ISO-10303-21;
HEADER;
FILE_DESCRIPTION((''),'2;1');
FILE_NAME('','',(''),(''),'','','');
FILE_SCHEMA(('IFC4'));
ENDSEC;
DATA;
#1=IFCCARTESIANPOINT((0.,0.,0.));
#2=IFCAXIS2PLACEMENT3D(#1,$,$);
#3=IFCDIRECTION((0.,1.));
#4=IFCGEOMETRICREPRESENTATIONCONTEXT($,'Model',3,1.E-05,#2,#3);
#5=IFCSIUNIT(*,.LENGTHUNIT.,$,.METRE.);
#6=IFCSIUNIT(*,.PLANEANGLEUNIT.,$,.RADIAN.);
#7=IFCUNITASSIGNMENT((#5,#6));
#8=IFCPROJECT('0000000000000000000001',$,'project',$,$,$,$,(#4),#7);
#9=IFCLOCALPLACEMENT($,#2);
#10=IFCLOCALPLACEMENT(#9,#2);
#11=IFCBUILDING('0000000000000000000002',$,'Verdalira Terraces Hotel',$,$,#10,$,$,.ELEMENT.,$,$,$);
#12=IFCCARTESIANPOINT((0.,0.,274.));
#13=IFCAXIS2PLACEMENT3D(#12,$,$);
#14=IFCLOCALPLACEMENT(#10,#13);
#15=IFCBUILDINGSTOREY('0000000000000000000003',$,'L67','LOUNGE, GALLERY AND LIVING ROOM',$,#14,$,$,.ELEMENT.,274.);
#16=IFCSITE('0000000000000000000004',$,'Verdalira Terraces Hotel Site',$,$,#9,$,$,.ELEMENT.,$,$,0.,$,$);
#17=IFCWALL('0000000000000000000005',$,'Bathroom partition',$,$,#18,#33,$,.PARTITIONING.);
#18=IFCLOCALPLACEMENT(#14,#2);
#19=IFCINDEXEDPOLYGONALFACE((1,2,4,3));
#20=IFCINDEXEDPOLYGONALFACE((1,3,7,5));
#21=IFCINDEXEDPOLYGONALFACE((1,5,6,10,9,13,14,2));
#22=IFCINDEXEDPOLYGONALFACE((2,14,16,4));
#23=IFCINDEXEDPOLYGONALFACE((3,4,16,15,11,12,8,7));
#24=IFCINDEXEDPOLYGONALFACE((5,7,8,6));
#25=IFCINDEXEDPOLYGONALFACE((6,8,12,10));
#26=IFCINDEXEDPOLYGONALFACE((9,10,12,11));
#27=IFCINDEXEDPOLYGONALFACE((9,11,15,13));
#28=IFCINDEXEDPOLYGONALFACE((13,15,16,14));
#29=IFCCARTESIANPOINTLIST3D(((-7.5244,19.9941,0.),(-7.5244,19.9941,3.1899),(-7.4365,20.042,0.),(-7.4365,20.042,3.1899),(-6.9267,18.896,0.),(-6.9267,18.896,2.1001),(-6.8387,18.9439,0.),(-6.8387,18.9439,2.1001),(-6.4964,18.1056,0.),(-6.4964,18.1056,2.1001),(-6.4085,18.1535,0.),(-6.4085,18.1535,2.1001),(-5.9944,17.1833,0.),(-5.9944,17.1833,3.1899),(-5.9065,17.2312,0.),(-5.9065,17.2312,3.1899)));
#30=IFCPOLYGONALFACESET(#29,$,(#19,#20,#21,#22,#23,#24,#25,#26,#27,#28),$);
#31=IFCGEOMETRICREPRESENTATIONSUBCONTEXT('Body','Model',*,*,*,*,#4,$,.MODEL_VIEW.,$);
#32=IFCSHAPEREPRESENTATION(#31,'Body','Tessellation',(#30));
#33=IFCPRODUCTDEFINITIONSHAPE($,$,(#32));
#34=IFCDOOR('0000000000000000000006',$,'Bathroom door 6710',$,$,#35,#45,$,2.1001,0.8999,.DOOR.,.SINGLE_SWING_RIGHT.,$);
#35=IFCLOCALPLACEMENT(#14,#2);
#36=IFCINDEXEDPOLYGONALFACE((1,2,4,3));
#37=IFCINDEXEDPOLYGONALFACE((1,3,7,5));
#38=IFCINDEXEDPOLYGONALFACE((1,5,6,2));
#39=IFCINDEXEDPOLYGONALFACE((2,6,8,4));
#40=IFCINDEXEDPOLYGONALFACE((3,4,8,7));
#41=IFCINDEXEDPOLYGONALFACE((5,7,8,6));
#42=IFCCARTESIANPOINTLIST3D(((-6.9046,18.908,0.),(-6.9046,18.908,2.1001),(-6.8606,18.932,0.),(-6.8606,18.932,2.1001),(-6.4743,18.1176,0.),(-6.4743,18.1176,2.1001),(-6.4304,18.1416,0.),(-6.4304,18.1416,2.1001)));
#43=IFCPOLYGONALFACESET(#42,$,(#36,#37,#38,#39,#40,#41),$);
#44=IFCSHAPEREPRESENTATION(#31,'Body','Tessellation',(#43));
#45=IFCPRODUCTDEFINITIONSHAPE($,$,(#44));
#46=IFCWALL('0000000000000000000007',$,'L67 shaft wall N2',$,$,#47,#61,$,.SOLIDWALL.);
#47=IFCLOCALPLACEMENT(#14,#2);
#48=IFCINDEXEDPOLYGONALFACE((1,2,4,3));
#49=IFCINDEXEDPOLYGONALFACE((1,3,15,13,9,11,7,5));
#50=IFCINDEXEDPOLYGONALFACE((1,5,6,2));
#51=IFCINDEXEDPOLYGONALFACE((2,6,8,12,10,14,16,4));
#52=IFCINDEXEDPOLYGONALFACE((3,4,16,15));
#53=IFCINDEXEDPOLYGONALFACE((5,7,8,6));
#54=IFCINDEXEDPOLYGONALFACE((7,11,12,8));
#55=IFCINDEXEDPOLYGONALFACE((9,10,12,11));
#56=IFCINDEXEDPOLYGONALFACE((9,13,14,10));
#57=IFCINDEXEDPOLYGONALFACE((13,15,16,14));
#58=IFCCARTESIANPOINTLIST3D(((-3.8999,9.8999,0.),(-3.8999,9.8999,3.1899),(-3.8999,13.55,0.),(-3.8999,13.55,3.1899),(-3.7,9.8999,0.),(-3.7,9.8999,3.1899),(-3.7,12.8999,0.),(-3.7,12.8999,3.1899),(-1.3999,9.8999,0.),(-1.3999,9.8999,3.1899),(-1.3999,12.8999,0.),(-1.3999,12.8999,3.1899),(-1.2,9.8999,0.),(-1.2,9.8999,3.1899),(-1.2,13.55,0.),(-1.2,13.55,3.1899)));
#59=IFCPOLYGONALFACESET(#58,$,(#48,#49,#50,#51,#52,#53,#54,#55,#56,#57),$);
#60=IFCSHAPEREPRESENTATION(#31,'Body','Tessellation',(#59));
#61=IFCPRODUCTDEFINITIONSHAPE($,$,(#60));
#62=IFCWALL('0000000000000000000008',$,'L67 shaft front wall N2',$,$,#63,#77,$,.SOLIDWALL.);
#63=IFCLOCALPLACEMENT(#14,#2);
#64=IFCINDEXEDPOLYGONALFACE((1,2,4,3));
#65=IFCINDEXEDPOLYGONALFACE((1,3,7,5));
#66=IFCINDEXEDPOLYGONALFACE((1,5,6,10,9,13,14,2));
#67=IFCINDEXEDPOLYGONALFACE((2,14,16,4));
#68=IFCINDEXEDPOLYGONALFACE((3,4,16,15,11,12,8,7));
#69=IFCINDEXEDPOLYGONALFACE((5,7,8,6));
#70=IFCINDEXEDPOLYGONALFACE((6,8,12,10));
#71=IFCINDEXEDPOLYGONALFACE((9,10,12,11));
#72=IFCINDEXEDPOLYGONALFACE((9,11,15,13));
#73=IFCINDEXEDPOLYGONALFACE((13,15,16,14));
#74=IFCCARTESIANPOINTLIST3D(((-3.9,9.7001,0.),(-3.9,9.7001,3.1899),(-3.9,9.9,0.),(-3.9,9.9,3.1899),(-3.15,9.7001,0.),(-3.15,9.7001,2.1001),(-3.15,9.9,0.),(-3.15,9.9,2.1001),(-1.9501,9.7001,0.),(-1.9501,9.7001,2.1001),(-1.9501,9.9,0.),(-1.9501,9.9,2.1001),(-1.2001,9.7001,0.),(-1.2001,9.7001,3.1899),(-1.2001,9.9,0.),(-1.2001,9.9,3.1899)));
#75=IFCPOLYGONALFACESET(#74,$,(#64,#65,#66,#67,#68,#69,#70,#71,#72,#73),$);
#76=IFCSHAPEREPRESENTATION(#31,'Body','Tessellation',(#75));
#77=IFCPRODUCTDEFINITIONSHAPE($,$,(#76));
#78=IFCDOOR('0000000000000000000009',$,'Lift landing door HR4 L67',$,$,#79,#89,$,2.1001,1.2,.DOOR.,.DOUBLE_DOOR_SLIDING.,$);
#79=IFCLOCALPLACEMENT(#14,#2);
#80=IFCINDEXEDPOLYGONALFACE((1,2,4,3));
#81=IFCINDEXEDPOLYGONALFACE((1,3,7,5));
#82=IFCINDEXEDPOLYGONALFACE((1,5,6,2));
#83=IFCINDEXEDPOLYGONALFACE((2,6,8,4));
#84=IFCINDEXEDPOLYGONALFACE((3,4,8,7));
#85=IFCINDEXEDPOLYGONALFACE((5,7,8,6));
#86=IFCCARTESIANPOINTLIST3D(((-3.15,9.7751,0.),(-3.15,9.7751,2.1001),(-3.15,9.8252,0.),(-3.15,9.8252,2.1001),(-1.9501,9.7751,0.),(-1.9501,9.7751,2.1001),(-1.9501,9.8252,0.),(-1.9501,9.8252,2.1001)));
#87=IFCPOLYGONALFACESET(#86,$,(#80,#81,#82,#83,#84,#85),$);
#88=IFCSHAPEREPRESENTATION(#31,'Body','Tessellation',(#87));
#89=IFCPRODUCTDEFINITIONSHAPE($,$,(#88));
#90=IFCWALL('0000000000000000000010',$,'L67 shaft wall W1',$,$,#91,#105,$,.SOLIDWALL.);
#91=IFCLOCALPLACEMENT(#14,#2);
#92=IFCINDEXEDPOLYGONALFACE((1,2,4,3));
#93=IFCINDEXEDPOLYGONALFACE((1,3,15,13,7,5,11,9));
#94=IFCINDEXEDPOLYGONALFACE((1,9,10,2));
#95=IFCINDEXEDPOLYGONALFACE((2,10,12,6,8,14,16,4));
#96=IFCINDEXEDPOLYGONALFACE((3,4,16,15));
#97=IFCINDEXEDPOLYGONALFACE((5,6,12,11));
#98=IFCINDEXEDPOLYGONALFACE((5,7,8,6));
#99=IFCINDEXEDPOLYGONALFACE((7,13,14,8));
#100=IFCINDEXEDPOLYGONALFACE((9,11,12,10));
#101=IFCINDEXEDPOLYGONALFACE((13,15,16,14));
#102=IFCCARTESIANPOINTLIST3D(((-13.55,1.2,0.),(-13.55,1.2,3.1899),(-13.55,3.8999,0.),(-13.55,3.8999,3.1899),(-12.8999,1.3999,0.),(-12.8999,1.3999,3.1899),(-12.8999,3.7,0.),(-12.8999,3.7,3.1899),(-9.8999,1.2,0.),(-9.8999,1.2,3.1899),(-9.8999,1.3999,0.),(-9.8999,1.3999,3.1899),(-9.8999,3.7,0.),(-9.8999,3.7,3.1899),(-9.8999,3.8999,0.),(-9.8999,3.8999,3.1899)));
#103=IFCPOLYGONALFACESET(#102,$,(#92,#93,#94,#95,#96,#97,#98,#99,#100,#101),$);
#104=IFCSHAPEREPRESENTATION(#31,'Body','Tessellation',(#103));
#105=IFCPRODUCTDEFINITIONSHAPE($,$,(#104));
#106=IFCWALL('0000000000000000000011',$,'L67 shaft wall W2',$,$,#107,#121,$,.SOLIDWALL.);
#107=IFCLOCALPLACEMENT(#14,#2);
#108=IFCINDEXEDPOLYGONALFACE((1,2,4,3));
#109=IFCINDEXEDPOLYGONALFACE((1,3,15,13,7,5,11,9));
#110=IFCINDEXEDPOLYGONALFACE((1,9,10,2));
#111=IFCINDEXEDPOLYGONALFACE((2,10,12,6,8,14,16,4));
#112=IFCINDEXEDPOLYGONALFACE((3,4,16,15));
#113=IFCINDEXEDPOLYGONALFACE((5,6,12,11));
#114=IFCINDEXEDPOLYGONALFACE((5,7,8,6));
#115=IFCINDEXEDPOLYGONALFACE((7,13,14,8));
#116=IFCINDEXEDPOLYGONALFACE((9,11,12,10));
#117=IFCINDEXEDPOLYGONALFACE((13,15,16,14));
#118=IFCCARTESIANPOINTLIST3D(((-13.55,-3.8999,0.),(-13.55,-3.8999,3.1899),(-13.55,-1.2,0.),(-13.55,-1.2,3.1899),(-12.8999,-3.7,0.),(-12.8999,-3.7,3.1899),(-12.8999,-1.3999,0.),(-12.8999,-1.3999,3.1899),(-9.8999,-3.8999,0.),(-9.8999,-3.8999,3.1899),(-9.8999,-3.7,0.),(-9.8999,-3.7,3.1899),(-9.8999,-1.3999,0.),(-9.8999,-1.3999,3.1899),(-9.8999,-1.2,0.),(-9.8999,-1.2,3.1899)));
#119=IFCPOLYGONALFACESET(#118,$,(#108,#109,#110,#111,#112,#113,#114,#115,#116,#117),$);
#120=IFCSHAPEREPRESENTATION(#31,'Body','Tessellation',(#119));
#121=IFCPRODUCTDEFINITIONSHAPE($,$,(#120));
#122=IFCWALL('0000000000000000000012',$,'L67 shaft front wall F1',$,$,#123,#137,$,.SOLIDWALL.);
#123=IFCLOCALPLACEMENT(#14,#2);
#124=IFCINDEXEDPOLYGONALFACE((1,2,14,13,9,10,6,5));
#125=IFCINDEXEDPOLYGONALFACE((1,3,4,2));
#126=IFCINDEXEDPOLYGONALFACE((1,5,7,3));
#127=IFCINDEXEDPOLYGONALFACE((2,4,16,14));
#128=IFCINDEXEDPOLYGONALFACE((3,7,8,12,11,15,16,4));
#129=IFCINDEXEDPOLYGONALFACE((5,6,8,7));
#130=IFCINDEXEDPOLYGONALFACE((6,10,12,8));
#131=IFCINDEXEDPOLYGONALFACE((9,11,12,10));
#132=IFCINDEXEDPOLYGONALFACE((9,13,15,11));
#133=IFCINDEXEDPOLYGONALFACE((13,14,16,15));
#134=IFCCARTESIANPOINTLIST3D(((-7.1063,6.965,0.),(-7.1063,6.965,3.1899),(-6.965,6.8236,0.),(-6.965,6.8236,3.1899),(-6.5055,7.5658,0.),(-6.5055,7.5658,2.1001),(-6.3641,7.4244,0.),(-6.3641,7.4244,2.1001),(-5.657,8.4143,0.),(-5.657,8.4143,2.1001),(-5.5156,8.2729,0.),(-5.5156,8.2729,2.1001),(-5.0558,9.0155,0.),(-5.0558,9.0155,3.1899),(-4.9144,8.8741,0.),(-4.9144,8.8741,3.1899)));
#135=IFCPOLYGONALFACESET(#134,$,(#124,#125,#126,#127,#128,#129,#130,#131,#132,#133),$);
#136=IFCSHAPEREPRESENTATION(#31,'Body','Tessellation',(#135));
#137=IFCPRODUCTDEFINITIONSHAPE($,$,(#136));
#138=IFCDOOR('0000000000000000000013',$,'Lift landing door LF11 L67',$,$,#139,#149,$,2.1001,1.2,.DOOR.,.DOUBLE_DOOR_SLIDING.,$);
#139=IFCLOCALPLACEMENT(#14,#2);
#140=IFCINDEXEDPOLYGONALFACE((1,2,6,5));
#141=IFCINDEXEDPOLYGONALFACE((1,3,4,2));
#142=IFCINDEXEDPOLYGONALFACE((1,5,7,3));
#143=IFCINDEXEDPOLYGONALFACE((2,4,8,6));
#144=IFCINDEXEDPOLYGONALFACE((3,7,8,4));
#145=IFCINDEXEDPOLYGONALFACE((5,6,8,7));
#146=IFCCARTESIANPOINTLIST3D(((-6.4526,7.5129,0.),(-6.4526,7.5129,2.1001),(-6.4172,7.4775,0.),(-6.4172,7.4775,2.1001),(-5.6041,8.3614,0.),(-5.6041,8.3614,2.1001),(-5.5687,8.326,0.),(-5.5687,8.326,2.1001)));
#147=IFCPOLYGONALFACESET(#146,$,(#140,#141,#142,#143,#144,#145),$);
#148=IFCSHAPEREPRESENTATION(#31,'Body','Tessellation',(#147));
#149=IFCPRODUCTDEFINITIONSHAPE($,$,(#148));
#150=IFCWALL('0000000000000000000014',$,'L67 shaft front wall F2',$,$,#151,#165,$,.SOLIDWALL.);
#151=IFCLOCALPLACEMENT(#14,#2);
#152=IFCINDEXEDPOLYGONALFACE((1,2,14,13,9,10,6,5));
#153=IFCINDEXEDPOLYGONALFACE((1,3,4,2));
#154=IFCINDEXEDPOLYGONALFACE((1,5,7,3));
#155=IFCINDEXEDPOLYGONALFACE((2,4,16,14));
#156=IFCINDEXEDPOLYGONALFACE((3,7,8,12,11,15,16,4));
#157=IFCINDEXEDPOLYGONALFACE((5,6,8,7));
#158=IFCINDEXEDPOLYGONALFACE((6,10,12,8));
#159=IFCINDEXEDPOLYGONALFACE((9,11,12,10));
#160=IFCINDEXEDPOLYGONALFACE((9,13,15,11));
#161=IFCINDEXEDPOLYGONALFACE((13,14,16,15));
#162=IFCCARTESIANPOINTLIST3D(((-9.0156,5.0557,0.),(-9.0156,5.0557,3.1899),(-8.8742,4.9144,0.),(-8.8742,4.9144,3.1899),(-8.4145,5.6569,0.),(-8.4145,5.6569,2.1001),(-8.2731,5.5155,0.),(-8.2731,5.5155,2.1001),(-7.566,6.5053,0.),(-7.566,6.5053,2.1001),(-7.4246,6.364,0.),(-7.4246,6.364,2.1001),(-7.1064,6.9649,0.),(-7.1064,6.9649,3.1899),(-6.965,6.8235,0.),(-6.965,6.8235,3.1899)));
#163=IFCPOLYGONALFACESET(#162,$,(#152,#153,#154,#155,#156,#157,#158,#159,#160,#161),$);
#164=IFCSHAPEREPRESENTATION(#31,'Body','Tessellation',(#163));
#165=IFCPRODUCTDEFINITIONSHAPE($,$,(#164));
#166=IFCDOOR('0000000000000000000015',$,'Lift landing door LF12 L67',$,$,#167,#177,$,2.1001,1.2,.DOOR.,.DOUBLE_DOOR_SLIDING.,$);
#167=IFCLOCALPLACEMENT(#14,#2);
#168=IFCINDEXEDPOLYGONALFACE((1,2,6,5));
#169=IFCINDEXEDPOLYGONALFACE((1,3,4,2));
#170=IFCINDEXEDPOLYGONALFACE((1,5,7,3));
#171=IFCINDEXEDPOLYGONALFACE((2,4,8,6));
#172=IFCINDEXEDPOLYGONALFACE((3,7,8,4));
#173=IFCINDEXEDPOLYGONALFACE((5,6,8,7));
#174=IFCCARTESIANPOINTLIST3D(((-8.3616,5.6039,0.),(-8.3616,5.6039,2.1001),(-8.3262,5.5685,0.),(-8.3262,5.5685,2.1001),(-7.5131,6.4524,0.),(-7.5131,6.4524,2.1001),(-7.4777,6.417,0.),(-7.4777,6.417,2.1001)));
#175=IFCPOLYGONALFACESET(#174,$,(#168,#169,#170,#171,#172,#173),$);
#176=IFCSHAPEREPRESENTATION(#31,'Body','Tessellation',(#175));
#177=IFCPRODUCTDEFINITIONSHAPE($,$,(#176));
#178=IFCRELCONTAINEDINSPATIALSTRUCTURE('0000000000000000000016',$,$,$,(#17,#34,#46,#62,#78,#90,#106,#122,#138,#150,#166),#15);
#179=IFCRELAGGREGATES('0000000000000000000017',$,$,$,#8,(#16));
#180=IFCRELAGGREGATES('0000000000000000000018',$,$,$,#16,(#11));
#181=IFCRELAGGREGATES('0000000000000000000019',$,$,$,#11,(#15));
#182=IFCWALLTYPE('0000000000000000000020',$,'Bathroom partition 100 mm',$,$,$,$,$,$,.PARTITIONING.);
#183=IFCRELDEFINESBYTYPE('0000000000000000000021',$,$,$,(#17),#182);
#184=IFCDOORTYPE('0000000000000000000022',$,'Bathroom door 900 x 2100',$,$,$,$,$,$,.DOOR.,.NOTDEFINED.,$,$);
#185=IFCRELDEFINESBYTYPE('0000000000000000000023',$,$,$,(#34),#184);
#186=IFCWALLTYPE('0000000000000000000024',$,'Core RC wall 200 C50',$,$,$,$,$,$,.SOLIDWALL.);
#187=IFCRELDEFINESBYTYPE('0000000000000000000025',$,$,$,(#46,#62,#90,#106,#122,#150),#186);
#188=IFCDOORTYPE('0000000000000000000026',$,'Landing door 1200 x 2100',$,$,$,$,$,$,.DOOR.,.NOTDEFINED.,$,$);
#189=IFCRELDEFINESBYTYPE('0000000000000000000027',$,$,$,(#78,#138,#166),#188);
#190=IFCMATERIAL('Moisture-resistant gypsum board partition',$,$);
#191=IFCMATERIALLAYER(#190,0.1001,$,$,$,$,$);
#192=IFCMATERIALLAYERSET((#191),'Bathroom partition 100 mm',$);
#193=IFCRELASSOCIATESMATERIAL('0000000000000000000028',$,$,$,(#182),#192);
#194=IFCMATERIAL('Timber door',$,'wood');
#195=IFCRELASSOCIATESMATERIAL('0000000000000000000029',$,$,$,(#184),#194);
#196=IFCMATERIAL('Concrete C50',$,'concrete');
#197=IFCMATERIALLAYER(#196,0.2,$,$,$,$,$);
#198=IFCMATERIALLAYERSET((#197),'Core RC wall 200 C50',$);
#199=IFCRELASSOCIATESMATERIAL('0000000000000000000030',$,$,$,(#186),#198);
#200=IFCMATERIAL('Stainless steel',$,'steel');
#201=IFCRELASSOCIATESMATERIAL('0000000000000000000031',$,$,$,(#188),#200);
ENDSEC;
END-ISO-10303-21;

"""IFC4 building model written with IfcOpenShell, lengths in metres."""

from ifc_helpers import new_model, si_unit, direction, frame, frame_2d, origin, place, context, subcontext, project, spatial, polyline, rectangle, outline, extrude, material, layer, layer_set, type_object, element, fill, save


model = new_model("IFC4")

# Units and contexts
model_context = context("Model", 3, precision=1e-05, world=origin(), true_north=direction((0.0, 1.0)))
body_context = subcontext(model_context, "Body", "Model", "MODEL_VIEW")
ifc_project = project(units=[si_unit("LENGTHUNIT", "METRE"), si_unit("PLANEANGLEUNIT", "RADIAN")], contexts=[model_context])

# Site, building, storey
site_placement = place(None, origin())
site = spatial("IfcSite", under=ifc_project, at=site_placement, Name="Verdalira Terraces Hotel Site", CompositionType="ELEMENT", RefElevation=0.0)
building_placement = place(site_placement, origin())
building = spatial("IfcBuilding", under=site, at=building_placement, Name="Verdalira Terraces Hotel", CompositionType="ELEMENT")
storey_placement = place(building_placement, frame((0.0, 0.0, 274.0)))
storey = spatial("IfcBuildingStorey", under=building, at=storey_placement, Name="L67", Description="LOUNGE, GALLERY AND LIVING ROOM", CompositionType="ELEMENT", Elevation=274.0)

# Wall, opening, door
ifc_material_1 = material(Name="Moisture-resistant gypsum board partition")
ifc_layer_1 = layer(ifc_material_1, 0.1001)
ifc_layer_set_1 = layer_set([ifc_layer_1], Name="Bathroom partition 100 mm")
wall_type_1 = type_object("IfcWallType", Name="Bathroom partition 100 mm", PredefinedType="PARTITIONING", material=ifc_layer_set_1)
wall_1_placement = place(storey_placement, frame((-5.9504, 17.2073, 0.0), z_axis=(0.0, 0.0, 1.0), x_axis=(-0.478098, 0.878306, 0.0)))
wall_1 = element("IfcWall", 1, at=wall_1_placement, inside=storey, type_object=wall_type_1, Name="Bathroom partition", PredefinedType="PARTITIONING", context=body_context, shape_type="SweptSolid", body=[
    extrude(rectangle(XDim=3.2002, YDim=0.1001, at=frame_2d((1.6001, 0.0))), origin(), (0.0, 0.0, 1.0), 3.1899),
])
opening_1_placement = place(wall_1_placement, frame((1.05, 0.0, 0.0)))
opening_1 = element("IfcOpeningElement", 2, at=opening_1_placement, cuts=wall_1, PredefinedType="OPENING", context=body_context, shape_type="SweptSolid", body=[
    extrude(rectangle(XDim=0.8999, YDim=2.1001, at=frame_2d((0.45, 1.05))), frame((0.0, 0.0601, 0.0), z_axis=(0.0, -1.0, 0.0), x_axis=(1.0, 0.0, 0.0)), (0.0, 0.0, 1.0), 0.1201),
])
ifc_material_2 = material(Name="Timber door", Category="wood")
door_type_1 = type_object("IfcDoorType", Name="Bathroom door 900 x 2100", OperationType="NOTDEFINED", PredefinedType="DOOR", material=ifc_material_2)
door_1_placement = place(opening_1_placement, origin())
door_1 = element("IfcDoor", 3, at=door_1_placement, inside=storey, type_object=door_type_1, Name="Bathroom door 6710", OperationType="SINGLE_SWING_RIGHT", OverallHeight=2.1001, OverallWidth=0.8999, PredefinedType="DOOR", context=body_context, shape_type="SweptSolid", body=[
    extrude(rectangle(XDim=0.8999, YDim=2.1001, at=frame_2d((0.45, 1.05))), frame((0.0, 0.0249, 0.0), z_axis=(0.0, -1.0, 0.0), x_axis=(1.0, 0.0, 0.0)), (0.0, 0.0, 1.0), 0.05),
])
fill(opening_1, door_1)

# Wall
ifc_material_3 = material(Name="Concrete C50", Category="concrete")
ifc_layer_2 = layer(ifc_material_3, 0.2)
ifc_layer_set_2 = layer_set([ifc_layer_2], Name="Core RC wall 200 C50")
wall_type_2 = type_object("IfcWallType", Name="Core RC wall 200 C50", PredefinedType="SOLIDWALL", material=ifc_layer_set_2)
wall_2_placement = place(storey_placement, origin())
element("IfcWall", 4, at=wall_2_placement, inside=storey, type_object=wall_type_2, Name="L67 shaft wall N2", PredefinedType="SOLIDWALL", context=body_context, shape_type="SweptSolid", body=[
    extrude(outline(polyline([(-3.8999, 13.55), (-1.2, 13.55), (-1.2, 9.8999), (-1.3999, 9.8999), (-1.3999, 12.8999), (-3.7, 12.8999), (-3.7, 9.8999), (-3.8999, 9.8999), (-3.8999, 13.55)])), origin(), (0.0, 0.0, 1.0), 3.1899),
])

# Wall, opening, door
wall_3_placement = place(storey_placement, frame((-1.2, 9.8, 0.0), z_axis=(0.0, 0.0, 1.0), x_axis=(-1.0, 0.0, 0.0)))
wall_3 = element("IfcWall", 5, at=wall_3_placement, inside=storey, type_object=wall_type_2, Name="L67 shaft front wall N2", PredefinedType="SOLIDWALL", context=body_context, shape_type="SweptSolid", body=[
    extrude(rectangle(XDim=2.7, YDim=0.2, at=frame_2d((1.3501, 0.0))), origin(), (0.0, 0.0, 1.0), 3.1899),
])
opening_2_placement = place(wall_3_placement, frame((0.75, 0.0, 0.0)))
opening_2 = element("IfcOpeningElement", 6, at=opening_2_placement, cuts=wall_3, PredefinedType="OPENING", context=body_context, shape_type="SweptSolid", body=[
    extrude(rectangle(XDim=1.2, YDim=2.1001, at=frame_2d((0.6001, 1.05))), frame((0.0, 0.1099, 0.0), z_axis=(0.0, -1.0, 0.0), x_axis=(1.0, 0.0, 0.0)), (0.0, 0.0, 1.0), 0.22),
])
ifc_material_4 = material(Name="Stainless steel", Category="steel")
door_type_2 = type_object("IfcDoorType", Name="Landing door 1200 x 2100", OperationType="NOTDEFINED", PredefinedType="DOOR", material=ifc_material_4)
door_2_placement = place(opening_2_placement, origin())
door_2 = element("IfcDoor", 7, at=door_2_placement, inside=storey, type_object=door_type_2, Name="Lift landing door HR4 L67", OperationType="DOUBLE_DOOR_SLIDING", OverallHeight=2.1001, OverallWidth=1.2, PredefinedType="DOOR", context=body_context, shape_type="SweptSolid", body=[
    extrude(rectangle(XDim=1.2, YDim=2.1001, at=frame_2d((0.6001, 1.05))), frame((0.0, 0.0249, 0.0), z_axis=(0.0, -1.0, 0.0), x_axis=(1.0, 0.0, 0.0)), (0.0, 0.0, 1.0), 0.05),
])
fill(opening_2, door_2)

# Walls
wall_4_placement = place(storey_placement, origin())
element("IfcWall", 8, at=wall_4_placement, inside=storey, type_object=wall_type_2, Name="L67 shaft wall W1", PredefinedType="SOLIDWALL", context=body_context, shape_type="SweptSolid", body=[
    extrude(outline(polyline([(-13.55, 3.8999), (-9.8999, 3.8999), (-9.8999, 3.7), (-12.8999, 3.7), (-12.8999, 1.3999), (-9.8999, 1.3999), (-9.8999, 1.2), (-13.55, 1.2), (-13.55, 3.8999)])), origin(), (0.0, 0.0, 1.0), 3.1899),
])
wall_5_placement = place(storey_placement, origin())
element("IfcWall", 9, at=wall_5_placement, inside=storey, type_object=wall_type_2, Name="L67 shaft wall W2", PredefinedType="SOLIDWALL", context=body_context, shape_type="SweptSolid", body=[
    extrude(outline(polyline([(-13.55, -3.8999), (-13.55, -1.2), (-9.8999, -1.2), (-9.8999, -1.3999), (-12.8999, -1.3999), (-12.8999, -3.7), (-9.8999, -3.7), (-9.8999, -3.8999), (-13.55, -3.8999)])), origin(), (0.0, 0.0, 1.0), 3.1899),
])

# Walls, openings, doors
wall_6_placement = place(storey_placement, frame((-4.9851, 8.9448, 0.0), z_axis=(0.0, 0.0, 1.0), x_axis=(-0.707107, -0.707107, 0.0)))
wall_6 = element("IfcWall", 10, at=wall_6_placement, inside=storey, type_object=wall_type_2, Name="L67 shaft front wall F1", PredefinedType="SOLIDWALL", context=body_context, shape_type="SweptSolid", body=[
    extrude(rectangle(XDim=2.8999, YDim=0.2, at=frame_2d((1.45, 0.0))), origin(), (0.0, 0.0, 1.0), 3.1899),
])
opening_3_placement = place(wall_6_placement, frame((0.8501, 0.0, 0.0)))
opening_3 = element("IfcOpeningElement", 11, at=opening_3_placement, cuts=wall_6, PredefinedType="OPENING", context=body_context, shape_type="SweptSolid", body=[
    extrude(rectangle(XDim=1.2, YDim=2.1001, at=frame_2d((0.6001, 1.05))), frame((0.0, 0.1099, 0.0), z_axis=(0.0, -1.0, 0.0), x_axis=(1.0, 0.0, 0.0)), (0.0, 0.0, 1.0), 0.22),
])
door_3_placement = place(opening_3_placement, origin())
door_3 = element("IfcDoor", 12, at=door_3_placement, inside=storey, type_object=door_type_2, Name="Lift landing door LF11 L67", OperationType="DOUBLE_DOOR_SLIDING", OverallHeight=2.1001, OverallWidth=1.2, PredefinedType="DOOR", context=body_context, shape_type="SweptSolid", body=[
    extrude(rectangle(XDim=1.2, YDim=2.1001, at=frame_2d((0.6001, 1.05))), frame((0.0, 0.0249, 0.0), z_axis=(0.0, -1.0, 0.0), x_axis=(1.0, 0.0, 0.0)), (0.0, 0.0, 1.0), 0.05),
])
fill(opening_3, door_3)
wall_7_placement = place(storey_placement, frame((-7.0356, 6.8943, 0.0), z_axis=(0.0, 0.0, 1.0), x_axis=(-0.707107, -0.707107, 0.0)))
wall_7 = element("IfcWall", 13, at=wall_7_placement, inside=storey, type_object=wall_type_2, Name="L67 shaft front wall F2", PredefinedType="SOLIDWALL", context=body_context, shape_type="SweptSolid", body=[
    extrude(rectangle(XDim=2.7, YDim=0.2, at=frame_2d((1.3501, 0.0))), origin(), (0.0, 0.0, 1.0), 3.1899),
])
opening_4_placement = place(wall_7_placement, frame((0.6499, 0.0, 0.0)))
opening_4 = element("IfcOpeningElement", 14, at=opening_4_placement, cuts=wall_7, PredefinedType="OPENING", context=body_context, shape_type="SweptSolid", body=[
    extrude(rectangle(XDim=1.2, YDim=2.1001, at=frame_2d((0.6001, 1.05))), frame((0.0, 0.1099, 0.0), z_axis=(0.0, -1.0, 0.0), x_axis=(1.0, 0.0, 0.0)), (0.0, 0.0, 1.0), 0.22),
])
door_4_placement = place(opening_4_placement, origin())
door_4 = element("IfcDoor", 15, at=door_4_placement, inside=storey, type_object=door_type_2, Name="Lift landing door LF12 L67", OperationType="DOUBLE_DOOR_SLIDING", OverallHeight=2.1001, OverallWidth=1.2, PredefinedType="DOOR", context=body_context, shape_type="SweptSolid", body=[
    extrude(rectangle(XDim=1.2, YDim=2.1001, at=frame_2d((0.6001, 1.05))), frame((0.0, 0.0249, 0.0), z_axis=(0.0, -1.0, 0.0), x_axis=(1.0, 0.0, 0.0)), (0.0, 0.0, 1.0), 0.05),
])
fill(opening_4, door_4)

save(model, "model.ifc")
